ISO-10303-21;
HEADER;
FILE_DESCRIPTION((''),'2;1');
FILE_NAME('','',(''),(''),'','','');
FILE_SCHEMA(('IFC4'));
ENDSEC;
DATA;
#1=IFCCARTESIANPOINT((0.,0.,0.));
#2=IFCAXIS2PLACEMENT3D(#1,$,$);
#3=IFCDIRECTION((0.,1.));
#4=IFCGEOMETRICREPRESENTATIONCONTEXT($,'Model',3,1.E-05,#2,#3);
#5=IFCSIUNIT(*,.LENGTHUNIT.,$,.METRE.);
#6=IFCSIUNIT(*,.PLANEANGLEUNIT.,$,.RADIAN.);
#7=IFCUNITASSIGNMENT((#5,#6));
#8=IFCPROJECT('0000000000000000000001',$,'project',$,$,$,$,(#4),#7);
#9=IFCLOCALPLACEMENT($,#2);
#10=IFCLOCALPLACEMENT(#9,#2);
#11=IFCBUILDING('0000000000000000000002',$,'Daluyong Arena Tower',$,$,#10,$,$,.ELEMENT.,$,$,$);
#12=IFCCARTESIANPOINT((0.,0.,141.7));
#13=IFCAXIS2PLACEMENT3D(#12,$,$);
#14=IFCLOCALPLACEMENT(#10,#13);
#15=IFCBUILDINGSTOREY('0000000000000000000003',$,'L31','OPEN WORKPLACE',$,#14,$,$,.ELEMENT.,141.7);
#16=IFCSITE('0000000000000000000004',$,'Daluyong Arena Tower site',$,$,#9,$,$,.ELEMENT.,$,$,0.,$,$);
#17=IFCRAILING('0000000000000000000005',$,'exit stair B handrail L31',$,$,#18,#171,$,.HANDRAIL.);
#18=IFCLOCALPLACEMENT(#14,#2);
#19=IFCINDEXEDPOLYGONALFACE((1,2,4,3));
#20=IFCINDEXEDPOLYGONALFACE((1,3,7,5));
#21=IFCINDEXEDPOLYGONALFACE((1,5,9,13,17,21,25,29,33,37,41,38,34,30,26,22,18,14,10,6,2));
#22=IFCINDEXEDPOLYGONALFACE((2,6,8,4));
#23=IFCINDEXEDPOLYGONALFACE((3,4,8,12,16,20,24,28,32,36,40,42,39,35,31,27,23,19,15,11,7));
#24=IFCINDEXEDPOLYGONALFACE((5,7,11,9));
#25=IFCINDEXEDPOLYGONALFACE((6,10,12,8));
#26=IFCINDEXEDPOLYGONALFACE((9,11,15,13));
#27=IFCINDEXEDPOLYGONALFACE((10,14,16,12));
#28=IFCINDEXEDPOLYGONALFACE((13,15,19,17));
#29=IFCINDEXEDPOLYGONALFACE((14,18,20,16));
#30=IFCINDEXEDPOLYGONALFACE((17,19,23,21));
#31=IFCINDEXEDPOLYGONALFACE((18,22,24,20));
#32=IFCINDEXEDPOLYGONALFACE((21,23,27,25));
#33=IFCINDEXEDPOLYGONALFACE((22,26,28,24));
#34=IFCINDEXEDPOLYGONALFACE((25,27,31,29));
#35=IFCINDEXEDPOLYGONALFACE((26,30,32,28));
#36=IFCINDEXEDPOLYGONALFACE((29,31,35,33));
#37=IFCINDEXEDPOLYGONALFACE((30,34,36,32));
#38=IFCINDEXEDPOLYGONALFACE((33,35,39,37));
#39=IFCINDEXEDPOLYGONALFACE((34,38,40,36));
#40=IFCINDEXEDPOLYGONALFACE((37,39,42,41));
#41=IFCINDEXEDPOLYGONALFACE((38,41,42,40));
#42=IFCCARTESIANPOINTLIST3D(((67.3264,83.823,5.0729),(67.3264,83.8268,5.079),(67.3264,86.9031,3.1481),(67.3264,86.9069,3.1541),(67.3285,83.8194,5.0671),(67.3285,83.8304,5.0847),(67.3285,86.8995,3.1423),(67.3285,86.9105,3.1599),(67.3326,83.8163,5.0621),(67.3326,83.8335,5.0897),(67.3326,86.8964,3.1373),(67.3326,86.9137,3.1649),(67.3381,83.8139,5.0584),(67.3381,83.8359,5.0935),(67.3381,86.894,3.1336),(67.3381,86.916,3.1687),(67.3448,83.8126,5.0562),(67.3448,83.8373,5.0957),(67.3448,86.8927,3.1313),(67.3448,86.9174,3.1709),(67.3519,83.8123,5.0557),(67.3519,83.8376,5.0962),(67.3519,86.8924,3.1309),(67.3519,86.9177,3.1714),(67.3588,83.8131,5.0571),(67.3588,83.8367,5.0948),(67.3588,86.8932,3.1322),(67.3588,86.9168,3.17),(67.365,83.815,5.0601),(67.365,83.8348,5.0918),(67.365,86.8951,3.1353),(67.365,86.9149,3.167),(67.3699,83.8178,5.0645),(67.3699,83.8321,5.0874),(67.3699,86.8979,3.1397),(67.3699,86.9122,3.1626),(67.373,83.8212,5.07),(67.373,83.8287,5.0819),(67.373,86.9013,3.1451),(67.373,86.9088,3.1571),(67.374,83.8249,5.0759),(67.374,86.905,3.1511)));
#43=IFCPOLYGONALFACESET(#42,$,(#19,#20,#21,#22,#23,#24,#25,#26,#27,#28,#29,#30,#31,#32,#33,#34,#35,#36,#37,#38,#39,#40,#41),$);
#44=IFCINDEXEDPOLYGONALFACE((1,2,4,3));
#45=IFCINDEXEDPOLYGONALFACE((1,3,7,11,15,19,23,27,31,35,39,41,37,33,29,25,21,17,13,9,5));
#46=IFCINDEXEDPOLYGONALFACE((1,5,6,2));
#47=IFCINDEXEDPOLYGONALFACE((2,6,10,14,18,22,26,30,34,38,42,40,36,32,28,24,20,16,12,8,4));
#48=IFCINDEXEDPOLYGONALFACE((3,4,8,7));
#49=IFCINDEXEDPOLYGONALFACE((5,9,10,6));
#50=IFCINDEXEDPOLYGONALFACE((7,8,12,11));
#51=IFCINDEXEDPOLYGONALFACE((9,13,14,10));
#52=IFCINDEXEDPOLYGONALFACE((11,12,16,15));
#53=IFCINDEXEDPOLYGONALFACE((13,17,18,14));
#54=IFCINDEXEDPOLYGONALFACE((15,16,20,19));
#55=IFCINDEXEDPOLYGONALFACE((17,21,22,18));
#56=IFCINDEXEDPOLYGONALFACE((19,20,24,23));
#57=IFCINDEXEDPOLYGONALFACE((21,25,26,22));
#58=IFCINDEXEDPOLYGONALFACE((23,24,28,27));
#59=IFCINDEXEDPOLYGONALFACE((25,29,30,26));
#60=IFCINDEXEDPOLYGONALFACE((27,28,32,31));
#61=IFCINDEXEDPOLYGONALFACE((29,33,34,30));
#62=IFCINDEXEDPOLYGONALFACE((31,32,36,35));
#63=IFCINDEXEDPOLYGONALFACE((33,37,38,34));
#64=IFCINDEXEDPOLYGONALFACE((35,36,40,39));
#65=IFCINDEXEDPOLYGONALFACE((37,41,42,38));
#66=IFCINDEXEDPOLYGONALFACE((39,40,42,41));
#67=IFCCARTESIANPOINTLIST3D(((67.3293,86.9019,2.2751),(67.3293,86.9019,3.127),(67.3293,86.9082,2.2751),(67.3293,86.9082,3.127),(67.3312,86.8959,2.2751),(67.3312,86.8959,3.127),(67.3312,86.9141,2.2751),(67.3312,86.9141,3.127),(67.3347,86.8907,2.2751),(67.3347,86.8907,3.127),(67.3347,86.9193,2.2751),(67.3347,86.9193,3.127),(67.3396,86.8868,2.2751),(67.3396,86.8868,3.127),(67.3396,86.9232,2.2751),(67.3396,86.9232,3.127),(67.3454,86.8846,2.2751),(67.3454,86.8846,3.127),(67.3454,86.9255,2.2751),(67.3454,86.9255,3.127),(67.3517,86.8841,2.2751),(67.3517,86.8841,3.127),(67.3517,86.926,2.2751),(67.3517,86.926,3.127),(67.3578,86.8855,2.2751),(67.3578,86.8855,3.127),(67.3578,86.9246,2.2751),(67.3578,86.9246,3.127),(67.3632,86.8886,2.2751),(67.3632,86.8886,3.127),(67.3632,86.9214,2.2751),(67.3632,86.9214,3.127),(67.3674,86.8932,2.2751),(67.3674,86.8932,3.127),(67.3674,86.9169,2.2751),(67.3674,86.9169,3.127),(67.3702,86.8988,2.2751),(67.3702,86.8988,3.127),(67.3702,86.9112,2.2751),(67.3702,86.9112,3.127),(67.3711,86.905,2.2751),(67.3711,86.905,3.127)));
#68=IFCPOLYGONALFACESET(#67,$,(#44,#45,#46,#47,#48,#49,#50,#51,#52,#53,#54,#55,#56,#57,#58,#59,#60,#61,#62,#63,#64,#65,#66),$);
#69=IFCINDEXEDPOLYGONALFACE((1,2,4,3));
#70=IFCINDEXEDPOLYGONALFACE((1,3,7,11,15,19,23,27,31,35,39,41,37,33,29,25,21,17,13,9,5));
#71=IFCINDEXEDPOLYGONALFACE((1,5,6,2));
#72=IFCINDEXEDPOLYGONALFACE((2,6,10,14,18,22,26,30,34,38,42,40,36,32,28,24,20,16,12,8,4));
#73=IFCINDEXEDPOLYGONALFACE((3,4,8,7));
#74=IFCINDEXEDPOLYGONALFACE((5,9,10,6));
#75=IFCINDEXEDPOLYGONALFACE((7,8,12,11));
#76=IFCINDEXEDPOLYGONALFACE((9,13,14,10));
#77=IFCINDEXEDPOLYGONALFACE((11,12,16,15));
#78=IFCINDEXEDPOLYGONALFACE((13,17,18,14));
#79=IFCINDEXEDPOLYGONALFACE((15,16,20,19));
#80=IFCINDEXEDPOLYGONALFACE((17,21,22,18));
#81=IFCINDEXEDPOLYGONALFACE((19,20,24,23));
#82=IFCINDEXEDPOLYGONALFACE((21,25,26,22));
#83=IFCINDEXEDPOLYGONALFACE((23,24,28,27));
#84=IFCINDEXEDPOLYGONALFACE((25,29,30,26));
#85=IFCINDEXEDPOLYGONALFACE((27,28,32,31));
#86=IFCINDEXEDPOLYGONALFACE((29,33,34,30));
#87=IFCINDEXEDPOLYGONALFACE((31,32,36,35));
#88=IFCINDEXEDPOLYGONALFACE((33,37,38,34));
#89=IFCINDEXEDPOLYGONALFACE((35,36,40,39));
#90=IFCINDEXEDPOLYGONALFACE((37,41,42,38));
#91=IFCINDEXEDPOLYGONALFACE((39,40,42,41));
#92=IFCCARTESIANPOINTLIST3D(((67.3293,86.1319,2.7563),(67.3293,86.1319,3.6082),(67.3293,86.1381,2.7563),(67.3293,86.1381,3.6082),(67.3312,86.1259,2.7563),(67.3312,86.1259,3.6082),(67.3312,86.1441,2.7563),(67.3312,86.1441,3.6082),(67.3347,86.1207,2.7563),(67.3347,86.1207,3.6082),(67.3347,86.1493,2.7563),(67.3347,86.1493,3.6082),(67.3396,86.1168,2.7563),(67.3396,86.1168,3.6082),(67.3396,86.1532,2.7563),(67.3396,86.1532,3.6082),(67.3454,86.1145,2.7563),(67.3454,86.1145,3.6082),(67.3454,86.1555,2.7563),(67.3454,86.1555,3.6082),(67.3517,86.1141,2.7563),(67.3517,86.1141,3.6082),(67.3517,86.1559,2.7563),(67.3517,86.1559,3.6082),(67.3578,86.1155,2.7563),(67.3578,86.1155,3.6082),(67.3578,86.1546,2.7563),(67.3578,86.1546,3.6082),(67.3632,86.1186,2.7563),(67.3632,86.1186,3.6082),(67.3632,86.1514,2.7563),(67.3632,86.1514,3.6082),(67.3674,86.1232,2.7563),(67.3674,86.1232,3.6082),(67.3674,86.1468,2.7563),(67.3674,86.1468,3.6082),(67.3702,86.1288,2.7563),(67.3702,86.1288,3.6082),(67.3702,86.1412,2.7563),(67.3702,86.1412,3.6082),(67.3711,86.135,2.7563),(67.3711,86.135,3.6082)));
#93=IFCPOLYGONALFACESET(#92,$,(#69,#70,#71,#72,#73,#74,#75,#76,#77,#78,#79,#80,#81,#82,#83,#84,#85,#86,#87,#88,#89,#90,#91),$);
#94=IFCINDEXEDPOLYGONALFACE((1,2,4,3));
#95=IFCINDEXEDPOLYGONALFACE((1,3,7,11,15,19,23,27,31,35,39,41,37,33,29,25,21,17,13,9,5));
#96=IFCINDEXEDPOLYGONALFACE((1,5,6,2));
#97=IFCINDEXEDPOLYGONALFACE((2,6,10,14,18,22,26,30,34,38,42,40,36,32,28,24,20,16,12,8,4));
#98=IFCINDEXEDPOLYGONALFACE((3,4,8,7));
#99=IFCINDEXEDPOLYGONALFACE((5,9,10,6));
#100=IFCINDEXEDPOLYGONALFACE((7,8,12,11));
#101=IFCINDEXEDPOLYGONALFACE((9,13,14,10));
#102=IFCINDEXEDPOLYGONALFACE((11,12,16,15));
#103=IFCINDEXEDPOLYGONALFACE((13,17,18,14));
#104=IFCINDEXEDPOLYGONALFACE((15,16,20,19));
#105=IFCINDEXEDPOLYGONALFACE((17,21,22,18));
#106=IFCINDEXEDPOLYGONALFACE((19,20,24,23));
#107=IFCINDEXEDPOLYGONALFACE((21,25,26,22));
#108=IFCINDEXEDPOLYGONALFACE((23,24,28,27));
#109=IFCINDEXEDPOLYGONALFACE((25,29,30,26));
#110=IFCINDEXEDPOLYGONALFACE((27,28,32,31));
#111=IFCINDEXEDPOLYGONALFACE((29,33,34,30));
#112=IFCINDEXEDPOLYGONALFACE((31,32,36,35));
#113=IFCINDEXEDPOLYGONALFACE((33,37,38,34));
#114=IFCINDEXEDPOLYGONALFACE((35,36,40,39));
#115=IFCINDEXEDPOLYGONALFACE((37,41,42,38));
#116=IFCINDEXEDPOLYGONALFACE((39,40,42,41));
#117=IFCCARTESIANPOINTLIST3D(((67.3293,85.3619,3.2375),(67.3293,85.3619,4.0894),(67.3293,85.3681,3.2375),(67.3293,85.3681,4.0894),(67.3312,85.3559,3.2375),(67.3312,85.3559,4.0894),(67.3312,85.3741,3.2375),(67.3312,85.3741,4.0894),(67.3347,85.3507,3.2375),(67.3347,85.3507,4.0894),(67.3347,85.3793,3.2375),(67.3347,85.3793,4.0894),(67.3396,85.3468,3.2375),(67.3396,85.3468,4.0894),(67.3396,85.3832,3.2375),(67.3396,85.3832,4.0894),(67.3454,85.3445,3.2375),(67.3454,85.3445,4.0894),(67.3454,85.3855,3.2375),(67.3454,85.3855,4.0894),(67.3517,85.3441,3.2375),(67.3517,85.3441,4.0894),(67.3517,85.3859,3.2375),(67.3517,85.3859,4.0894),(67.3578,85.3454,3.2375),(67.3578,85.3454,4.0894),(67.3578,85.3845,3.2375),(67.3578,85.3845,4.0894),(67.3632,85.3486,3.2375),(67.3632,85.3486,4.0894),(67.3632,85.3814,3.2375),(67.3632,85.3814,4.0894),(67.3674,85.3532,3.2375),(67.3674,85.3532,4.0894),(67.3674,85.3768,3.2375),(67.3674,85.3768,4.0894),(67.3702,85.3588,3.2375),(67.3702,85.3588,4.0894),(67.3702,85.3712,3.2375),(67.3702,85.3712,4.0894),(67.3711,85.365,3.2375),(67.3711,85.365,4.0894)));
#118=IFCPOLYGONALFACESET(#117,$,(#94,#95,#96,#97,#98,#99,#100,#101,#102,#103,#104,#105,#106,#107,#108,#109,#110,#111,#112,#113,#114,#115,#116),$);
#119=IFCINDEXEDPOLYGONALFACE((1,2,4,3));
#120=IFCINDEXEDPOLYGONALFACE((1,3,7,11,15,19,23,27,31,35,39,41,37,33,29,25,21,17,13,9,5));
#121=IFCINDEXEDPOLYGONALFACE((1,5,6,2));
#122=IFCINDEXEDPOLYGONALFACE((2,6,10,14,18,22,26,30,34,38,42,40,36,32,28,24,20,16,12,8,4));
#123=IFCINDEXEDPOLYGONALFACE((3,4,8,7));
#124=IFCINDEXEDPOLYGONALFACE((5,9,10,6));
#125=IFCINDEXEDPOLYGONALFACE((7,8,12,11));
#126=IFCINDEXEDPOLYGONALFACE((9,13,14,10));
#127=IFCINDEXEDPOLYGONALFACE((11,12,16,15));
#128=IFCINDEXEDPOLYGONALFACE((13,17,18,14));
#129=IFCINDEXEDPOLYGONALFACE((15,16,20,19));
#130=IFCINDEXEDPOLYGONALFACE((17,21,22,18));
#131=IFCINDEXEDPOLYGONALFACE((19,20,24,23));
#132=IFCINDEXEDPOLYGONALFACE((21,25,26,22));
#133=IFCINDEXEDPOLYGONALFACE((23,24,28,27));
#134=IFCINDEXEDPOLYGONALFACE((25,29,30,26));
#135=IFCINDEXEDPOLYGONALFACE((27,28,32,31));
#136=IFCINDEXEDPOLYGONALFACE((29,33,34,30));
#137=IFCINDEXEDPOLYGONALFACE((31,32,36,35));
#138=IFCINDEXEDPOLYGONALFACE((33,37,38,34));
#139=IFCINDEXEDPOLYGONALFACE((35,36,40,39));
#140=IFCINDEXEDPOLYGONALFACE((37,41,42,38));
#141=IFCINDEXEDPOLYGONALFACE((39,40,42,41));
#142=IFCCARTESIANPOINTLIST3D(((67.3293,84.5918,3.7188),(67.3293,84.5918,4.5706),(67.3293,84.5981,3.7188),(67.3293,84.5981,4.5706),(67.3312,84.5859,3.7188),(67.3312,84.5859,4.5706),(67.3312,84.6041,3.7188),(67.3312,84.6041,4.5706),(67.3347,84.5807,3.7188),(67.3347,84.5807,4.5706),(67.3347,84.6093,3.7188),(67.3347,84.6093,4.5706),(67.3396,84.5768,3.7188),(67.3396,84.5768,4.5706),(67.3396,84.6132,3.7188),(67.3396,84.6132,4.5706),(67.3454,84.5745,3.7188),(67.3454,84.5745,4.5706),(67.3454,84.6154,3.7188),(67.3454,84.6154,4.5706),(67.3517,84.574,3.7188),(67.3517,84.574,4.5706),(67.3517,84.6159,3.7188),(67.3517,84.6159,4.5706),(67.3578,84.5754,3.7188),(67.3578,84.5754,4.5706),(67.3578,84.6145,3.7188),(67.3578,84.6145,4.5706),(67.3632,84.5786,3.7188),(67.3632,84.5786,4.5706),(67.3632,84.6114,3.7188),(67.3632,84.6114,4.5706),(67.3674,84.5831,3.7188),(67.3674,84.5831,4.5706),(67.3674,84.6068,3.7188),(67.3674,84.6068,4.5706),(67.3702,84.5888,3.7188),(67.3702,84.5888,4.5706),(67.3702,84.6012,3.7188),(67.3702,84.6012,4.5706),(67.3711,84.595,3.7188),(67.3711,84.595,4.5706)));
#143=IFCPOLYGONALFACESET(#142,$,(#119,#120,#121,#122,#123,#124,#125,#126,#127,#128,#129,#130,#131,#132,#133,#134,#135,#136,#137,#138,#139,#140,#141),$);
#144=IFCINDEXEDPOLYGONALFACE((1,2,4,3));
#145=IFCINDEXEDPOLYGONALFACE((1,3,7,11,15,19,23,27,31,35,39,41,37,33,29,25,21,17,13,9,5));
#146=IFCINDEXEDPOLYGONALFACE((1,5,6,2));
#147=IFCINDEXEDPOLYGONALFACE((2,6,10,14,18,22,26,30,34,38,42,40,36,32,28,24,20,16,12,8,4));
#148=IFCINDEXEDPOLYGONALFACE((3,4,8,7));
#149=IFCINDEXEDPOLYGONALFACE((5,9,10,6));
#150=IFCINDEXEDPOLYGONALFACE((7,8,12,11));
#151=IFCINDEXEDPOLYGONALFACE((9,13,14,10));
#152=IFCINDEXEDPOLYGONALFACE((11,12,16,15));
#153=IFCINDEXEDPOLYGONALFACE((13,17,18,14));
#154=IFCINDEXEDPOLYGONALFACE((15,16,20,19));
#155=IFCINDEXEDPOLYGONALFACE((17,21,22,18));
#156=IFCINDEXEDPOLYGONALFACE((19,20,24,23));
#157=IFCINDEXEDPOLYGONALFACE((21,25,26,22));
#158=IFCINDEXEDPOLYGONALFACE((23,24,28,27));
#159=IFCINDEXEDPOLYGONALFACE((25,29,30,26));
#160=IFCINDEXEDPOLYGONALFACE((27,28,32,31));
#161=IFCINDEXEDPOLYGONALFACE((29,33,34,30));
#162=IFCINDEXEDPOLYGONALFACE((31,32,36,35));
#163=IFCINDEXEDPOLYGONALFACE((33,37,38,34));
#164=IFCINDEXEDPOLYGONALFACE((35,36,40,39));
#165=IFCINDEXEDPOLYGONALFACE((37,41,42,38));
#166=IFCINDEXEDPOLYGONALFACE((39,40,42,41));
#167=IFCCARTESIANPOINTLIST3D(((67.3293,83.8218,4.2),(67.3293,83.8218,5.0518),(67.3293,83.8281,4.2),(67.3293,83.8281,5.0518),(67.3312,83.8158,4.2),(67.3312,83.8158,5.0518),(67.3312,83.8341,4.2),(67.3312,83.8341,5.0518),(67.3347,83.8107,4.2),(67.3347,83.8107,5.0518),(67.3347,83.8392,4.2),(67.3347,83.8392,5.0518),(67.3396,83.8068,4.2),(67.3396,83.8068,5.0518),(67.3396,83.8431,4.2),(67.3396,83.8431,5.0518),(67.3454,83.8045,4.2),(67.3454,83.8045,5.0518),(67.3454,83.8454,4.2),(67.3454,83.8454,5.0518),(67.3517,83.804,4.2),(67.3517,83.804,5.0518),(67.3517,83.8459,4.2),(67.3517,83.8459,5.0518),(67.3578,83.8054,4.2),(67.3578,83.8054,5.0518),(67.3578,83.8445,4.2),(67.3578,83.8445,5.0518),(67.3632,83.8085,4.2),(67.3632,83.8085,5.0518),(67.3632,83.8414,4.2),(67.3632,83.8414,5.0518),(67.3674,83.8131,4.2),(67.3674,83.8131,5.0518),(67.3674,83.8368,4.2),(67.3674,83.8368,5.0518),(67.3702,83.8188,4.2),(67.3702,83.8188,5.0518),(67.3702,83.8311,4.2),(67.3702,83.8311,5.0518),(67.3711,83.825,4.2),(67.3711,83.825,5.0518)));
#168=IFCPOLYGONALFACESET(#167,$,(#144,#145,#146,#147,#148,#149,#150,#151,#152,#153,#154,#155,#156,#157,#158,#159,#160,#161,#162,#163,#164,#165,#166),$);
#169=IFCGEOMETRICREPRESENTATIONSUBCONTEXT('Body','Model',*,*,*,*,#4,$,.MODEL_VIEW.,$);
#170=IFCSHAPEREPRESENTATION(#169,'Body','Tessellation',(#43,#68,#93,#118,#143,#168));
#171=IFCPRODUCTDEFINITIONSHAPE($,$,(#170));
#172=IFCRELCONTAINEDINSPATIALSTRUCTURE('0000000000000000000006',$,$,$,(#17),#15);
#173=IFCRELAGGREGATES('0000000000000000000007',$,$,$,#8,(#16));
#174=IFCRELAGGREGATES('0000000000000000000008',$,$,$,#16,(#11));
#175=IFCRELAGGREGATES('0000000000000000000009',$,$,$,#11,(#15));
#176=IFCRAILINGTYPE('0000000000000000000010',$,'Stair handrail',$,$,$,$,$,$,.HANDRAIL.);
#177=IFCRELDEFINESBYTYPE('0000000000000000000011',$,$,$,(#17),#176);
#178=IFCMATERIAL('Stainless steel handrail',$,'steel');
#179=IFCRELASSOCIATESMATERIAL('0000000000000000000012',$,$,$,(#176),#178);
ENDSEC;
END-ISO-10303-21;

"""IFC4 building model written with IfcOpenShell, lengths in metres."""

from ifc_helpers import new_model, si_unit, direction, frame, origin, origin_2d, place, context, subcontext, project, spatial, circle, extrude, material, type_object, element, save


model = new_model("IFC4")

# Units and contexts
model_context = context("Model", 3, precision=1e-05, world=origin(), true_north=direction((0.0, 1.0)))
body_context = subcontext(model_context, "Body", "Model", "MODEL_VIEW")
ifc_project = project(units=[si_unit("LENGTHUNIT", "METRE"), si_unit("PLANEANGLEUNIT", "RADIAN")], contexts=[model_context])

# Site, building, storey
site_placement = place(None, origin())
site = spatial("IfcSite", under=ifc_project, at=site_placement, Name="Daluyong Arena Tower site", CompositionType="ELEMENT", RefElevation=0.0)
building_placement = place(site_placement, origin())
building = spatial("IfcBuilding", under=site, at=building_placement, Name="Daluyong Arena Tower", CompositionType="ELEMENT")
storey_placement = place(building_placement, frame((0.0, 0.0, 141.7)))
storey = spatial("IfcBuildingStorey", under=building, at=storey_placement, Name="L31", Description="OPEN WORKPLACE", CompositionType="ELEMENT", Elevation=141.7)

# Railing
ifc_material_1 = material(Name="Stainless steel handrail", Category="steel")
railing_type_1 = type_object("IfcRailingType", Name="Stair handrail", PredefinedType="HANDRAIL", material=ifc_material_1)
railing_1_placement = place(storey_placement, frame((67.3501, 86.905, 2.2751)))
element("IfcRailing", 1, at=railing_1_placement, inside=storey, type_object=railing_type_1, Name="exit stair B handrail L31", PredefinedType="HANDRAIL", context=body_context, shape_type="SweptSolid", body=[
    extrude(circle(Radius=0.0239, at=origin_2d()), frame((0.0, 0.0, 0.876), z_axis=(0.0, -0.848029, 0.529951), x_axis=(1.0, 0.0, 0.0)), (0.0, 0.0, 1.0), 3.6321),
    extrude(circle(Radius=0.021, at=origin_2d()), origin(), (0.0, 0.0, 1.0), 0.8518),
    extrude(circle(Radius=0.021, at=origin_2d()), frame((0.0, -0.77, 0.4812)), (0.0, 0.0, 1.0), 0.8518),
    extrude(circle(Radius=0.021, at=origin_2d()), frame((0.0, -1.54, 0.9624)), (0.0, 0.0, 1.0), 0.8518),
    extrude(circle(Radius=0.021, at=origin_2d()), frame((0.0, -2.3101, 1.4436)), (0.0, 0.0, 1.0), 0.8518),
    extrude(circle(Radius=0.021, at=origin_2d()), frame((0.0, -3.0801, 1.9248)), (0.0, 0.0, 1.0), 0.8518),
])

save(model, "model.ifc")
